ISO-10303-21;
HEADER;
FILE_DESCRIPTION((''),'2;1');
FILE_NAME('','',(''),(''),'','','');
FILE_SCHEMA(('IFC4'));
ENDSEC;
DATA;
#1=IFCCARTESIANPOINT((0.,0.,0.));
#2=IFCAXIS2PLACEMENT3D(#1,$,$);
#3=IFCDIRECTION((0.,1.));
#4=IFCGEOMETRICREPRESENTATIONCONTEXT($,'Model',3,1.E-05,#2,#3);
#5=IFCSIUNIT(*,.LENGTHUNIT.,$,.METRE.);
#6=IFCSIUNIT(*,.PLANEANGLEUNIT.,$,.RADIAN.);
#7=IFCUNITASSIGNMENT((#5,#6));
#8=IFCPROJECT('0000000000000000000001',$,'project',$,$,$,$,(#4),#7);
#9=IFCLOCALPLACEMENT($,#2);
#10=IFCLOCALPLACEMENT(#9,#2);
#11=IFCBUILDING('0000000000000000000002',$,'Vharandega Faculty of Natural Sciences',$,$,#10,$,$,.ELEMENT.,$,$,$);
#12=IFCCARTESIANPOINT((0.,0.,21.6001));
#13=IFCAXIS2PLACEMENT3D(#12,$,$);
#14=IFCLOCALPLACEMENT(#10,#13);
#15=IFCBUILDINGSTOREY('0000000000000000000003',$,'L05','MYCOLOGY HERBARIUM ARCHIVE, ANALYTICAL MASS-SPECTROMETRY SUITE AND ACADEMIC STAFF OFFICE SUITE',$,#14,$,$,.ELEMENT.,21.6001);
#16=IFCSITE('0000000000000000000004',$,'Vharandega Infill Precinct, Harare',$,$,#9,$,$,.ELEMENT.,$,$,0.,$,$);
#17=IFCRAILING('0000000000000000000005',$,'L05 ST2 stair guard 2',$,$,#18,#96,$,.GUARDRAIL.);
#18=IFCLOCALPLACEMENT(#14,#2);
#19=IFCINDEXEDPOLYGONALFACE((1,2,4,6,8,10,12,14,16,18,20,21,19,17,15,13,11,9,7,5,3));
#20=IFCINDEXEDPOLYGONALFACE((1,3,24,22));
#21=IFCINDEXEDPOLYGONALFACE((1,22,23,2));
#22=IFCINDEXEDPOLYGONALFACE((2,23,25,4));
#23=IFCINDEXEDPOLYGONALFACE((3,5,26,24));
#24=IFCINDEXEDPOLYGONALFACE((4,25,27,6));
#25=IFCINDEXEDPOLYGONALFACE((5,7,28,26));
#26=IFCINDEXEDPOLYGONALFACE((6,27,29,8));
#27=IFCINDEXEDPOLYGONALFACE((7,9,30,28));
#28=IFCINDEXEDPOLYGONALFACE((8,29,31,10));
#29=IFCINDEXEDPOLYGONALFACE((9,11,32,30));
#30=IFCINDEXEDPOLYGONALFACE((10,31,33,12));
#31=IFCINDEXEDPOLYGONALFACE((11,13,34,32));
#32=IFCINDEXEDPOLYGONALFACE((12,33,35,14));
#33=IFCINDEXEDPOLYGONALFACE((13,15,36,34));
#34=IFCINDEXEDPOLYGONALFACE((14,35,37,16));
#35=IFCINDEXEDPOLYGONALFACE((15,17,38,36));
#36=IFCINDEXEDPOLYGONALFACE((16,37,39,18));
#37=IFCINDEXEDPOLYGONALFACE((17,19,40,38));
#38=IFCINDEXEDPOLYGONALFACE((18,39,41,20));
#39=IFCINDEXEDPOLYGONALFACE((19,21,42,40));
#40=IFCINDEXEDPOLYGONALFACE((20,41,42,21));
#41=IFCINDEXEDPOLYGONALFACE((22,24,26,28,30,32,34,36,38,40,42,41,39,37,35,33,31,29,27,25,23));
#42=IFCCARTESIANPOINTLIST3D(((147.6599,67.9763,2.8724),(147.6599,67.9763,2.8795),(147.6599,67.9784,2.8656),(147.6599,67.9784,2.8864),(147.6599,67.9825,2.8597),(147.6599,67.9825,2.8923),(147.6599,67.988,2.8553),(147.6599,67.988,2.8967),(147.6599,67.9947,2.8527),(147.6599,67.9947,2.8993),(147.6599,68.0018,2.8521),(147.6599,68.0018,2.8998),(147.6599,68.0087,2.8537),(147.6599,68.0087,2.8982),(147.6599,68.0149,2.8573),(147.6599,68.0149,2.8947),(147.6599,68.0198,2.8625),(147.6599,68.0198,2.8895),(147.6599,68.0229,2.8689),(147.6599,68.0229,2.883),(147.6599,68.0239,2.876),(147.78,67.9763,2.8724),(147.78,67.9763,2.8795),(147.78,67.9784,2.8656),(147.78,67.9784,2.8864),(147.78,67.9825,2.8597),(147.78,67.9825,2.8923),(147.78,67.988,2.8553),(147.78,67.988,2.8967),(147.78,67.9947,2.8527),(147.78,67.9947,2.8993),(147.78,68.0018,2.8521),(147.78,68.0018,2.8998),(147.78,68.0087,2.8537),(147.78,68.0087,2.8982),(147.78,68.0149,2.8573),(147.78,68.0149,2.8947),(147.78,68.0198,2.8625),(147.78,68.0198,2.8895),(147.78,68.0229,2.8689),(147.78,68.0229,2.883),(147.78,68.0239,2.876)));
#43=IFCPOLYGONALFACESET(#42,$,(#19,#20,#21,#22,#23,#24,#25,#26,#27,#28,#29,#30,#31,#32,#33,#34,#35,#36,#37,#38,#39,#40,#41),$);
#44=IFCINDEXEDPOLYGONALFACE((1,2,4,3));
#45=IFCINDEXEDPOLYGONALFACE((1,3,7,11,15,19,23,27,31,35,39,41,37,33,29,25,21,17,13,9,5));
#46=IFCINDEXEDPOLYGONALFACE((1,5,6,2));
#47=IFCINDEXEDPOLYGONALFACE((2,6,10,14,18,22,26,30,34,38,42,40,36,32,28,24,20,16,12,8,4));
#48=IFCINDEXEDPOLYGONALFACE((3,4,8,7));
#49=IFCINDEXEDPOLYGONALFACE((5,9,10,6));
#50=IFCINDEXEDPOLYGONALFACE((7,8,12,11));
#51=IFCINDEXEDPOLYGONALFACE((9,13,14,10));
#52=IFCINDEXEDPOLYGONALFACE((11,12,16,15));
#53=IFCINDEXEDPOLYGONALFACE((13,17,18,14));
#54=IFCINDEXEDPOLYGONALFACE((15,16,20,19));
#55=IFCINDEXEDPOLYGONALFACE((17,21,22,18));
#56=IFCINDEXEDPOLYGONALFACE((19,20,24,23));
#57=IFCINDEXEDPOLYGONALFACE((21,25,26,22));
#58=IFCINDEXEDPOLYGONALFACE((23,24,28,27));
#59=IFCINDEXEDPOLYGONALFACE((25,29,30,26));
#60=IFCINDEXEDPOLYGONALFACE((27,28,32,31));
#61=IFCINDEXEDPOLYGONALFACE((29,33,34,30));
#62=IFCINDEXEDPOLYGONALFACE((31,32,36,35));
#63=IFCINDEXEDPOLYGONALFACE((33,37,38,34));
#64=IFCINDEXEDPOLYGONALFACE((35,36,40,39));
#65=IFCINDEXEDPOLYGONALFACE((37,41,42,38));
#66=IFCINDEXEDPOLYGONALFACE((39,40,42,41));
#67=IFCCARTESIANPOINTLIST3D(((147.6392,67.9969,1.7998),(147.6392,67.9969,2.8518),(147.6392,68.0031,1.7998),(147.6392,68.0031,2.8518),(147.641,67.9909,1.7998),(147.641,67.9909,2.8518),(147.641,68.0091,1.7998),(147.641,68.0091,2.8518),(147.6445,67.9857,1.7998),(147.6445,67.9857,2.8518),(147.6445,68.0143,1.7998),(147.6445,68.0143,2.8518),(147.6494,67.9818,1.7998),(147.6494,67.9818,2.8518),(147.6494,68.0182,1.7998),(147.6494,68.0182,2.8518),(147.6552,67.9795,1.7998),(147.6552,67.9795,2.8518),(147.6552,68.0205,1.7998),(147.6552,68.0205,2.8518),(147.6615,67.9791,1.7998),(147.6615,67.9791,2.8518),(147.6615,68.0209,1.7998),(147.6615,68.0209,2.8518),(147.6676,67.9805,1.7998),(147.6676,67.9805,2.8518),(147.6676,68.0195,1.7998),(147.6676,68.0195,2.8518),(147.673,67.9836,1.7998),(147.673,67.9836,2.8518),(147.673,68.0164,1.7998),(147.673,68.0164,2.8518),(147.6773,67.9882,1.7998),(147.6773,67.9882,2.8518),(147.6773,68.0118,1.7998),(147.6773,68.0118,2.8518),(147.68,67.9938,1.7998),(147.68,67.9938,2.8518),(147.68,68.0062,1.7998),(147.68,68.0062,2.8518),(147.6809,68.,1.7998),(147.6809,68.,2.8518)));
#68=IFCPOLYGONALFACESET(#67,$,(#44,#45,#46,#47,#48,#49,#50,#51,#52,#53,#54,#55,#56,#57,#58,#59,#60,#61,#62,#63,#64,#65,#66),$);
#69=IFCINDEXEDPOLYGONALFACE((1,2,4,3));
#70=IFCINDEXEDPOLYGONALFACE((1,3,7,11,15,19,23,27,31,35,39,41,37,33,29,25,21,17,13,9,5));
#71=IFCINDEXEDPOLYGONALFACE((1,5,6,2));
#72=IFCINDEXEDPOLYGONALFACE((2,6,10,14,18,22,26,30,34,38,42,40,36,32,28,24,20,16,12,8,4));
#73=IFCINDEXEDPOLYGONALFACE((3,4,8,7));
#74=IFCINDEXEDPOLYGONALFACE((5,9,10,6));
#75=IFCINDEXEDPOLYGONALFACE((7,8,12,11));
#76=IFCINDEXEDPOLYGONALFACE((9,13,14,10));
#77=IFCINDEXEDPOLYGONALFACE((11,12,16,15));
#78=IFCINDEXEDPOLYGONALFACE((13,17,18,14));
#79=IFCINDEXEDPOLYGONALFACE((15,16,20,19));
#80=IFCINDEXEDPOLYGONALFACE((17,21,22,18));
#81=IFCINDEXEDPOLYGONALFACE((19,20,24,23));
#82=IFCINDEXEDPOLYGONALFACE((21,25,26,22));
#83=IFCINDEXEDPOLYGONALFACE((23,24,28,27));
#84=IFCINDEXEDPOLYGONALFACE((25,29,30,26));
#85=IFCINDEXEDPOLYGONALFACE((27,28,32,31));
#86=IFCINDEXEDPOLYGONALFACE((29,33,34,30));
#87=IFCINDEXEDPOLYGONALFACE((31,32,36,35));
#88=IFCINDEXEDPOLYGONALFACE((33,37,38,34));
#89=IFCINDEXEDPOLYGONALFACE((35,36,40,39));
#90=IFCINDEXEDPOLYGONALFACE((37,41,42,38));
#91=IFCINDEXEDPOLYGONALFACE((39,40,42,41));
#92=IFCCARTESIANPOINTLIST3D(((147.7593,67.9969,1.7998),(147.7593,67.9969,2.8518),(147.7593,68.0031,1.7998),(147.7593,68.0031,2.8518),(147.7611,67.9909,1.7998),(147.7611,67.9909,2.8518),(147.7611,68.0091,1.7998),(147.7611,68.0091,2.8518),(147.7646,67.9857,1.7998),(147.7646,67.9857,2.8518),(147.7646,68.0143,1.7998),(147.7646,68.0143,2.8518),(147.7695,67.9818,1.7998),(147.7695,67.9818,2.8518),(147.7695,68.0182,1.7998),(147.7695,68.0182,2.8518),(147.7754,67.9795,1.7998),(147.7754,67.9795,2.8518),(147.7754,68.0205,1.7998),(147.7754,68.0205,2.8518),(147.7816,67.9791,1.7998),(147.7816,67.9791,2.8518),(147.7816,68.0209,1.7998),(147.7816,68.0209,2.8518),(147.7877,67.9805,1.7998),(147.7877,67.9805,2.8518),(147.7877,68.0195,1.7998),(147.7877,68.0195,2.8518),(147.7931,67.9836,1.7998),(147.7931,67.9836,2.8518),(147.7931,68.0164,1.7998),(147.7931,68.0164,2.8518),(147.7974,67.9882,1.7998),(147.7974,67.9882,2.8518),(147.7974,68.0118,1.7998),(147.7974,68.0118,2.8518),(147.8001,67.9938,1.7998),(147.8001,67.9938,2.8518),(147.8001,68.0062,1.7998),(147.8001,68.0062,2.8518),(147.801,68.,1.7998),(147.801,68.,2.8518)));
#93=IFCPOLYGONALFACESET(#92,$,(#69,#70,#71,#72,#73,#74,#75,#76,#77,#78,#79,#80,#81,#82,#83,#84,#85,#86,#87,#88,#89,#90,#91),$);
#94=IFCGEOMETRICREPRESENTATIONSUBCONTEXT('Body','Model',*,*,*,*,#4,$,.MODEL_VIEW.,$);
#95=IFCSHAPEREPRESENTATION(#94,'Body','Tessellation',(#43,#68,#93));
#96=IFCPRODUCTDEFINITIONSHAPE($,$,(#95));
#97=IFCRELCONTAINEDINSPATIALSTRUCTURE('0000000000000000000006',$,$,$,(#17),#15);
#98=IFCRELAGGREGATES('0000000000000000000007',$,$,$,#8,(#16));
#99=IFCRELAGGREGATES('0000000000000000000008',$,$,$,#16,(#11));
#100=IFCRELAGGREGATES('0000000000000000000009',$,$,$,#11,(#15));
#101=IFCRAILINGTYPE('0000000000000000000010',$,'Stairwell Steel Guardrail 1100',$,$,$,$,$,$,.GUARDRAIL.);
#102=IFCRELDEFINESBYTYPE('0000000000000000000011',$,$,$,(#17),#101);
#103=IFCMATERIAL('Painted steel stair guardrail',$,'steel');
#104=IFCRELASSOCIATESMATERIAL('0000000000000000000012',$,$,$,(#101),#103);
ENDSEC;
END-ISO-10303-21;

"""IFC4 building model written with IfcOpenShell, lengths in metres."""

from ifc_helpers import new_model, si_unit, direction, frame, origin, origin_2d, place, context, subcontext, project, spatial, circle, extrude, material, type_object, element, save


model = new_model("IFC4")

# Units and contexts
model_context = context("Model", 3, precision=1e-05, world=origin(), true_north=direction((0.0, 1.0)))
body_context = subcontext(model_context, "Body", "Model", "MODEL_VIEW")
ifc_project = project(units=[si_unit("LENGTHUNIT", "METRE"), si_unit("PLANEANGLEUNIT", "RADIAN")], contexts=[model_context])

# Site, building, storey
site_placement = place(None, origin())
site = spatial("IfcSite", under=ifc_project, at=site_placement, Name="Vharandega Infill Precinct, Harare", CompositionType="ELEMENT", RefElevation=0.0)
building_placement = place(site_placement, origin())
building = spatial("IfcBuilding", under=site, at=building_placement, Name="Vharandega Faculty of Natural Sciences", CompositionType="ELEMENT")
storey_placement = place(building_placement, frame((0.0, 0.0, 21.6001)))
storey = spatial("IfcBuildingStorey", under=building, at=storey_placement, Name="L05", Description="MYCOLOGY HERBARIUM ARCHIVE, ANALYTICAL MASS-SPECTROMETRY SUITE AND ACADEMIC STAFF OFFICE SUITE", CompositionType="ELEMENT", Elevation=21.6001)

# Railing
ifc_material_1 = material(Name="Painted steel stair guardrail", Category="steel")
railing_type_1 = type_object("IfcRailingType", Name="Stairwell Steel Guardrail 1100", PredefinedType="GUARDRAIL", material=ifc_material_1)
railing_1_placement = place(storey_placement, frame((147.6599, 68.0, 1.7998)))
element("IfcRailing", 1, at=railing_1_placement, inside=storey, type_object=railing_type_1, Name="L05 ST2 stair guard 2", PredefinedType="GUARDRAIL", context=body_context, shape_type="SweptSolid", body=[
    extrude(circle(Radius=0.0239, at=origin_2d()), frame((0.0, 0.0, 1.0762), z_axis=(1.0, 0.0, 0.0), x_axis=(0.0, 1.0, 0.0)), (0.0, 0.0, 1.0), 0.1201),
    extrude(circle(Radius=0.021, at=origin_2d()), origin(), (0.0, 0.0, 1.0), 1.052),
    extrude(circle(Radius=0.021, at=origin_2d()), frame((0.1201, 0.0, 0.0)), (0.0, 0.0, 1.0), 1.052),
])

save(model, "model.ifc")
